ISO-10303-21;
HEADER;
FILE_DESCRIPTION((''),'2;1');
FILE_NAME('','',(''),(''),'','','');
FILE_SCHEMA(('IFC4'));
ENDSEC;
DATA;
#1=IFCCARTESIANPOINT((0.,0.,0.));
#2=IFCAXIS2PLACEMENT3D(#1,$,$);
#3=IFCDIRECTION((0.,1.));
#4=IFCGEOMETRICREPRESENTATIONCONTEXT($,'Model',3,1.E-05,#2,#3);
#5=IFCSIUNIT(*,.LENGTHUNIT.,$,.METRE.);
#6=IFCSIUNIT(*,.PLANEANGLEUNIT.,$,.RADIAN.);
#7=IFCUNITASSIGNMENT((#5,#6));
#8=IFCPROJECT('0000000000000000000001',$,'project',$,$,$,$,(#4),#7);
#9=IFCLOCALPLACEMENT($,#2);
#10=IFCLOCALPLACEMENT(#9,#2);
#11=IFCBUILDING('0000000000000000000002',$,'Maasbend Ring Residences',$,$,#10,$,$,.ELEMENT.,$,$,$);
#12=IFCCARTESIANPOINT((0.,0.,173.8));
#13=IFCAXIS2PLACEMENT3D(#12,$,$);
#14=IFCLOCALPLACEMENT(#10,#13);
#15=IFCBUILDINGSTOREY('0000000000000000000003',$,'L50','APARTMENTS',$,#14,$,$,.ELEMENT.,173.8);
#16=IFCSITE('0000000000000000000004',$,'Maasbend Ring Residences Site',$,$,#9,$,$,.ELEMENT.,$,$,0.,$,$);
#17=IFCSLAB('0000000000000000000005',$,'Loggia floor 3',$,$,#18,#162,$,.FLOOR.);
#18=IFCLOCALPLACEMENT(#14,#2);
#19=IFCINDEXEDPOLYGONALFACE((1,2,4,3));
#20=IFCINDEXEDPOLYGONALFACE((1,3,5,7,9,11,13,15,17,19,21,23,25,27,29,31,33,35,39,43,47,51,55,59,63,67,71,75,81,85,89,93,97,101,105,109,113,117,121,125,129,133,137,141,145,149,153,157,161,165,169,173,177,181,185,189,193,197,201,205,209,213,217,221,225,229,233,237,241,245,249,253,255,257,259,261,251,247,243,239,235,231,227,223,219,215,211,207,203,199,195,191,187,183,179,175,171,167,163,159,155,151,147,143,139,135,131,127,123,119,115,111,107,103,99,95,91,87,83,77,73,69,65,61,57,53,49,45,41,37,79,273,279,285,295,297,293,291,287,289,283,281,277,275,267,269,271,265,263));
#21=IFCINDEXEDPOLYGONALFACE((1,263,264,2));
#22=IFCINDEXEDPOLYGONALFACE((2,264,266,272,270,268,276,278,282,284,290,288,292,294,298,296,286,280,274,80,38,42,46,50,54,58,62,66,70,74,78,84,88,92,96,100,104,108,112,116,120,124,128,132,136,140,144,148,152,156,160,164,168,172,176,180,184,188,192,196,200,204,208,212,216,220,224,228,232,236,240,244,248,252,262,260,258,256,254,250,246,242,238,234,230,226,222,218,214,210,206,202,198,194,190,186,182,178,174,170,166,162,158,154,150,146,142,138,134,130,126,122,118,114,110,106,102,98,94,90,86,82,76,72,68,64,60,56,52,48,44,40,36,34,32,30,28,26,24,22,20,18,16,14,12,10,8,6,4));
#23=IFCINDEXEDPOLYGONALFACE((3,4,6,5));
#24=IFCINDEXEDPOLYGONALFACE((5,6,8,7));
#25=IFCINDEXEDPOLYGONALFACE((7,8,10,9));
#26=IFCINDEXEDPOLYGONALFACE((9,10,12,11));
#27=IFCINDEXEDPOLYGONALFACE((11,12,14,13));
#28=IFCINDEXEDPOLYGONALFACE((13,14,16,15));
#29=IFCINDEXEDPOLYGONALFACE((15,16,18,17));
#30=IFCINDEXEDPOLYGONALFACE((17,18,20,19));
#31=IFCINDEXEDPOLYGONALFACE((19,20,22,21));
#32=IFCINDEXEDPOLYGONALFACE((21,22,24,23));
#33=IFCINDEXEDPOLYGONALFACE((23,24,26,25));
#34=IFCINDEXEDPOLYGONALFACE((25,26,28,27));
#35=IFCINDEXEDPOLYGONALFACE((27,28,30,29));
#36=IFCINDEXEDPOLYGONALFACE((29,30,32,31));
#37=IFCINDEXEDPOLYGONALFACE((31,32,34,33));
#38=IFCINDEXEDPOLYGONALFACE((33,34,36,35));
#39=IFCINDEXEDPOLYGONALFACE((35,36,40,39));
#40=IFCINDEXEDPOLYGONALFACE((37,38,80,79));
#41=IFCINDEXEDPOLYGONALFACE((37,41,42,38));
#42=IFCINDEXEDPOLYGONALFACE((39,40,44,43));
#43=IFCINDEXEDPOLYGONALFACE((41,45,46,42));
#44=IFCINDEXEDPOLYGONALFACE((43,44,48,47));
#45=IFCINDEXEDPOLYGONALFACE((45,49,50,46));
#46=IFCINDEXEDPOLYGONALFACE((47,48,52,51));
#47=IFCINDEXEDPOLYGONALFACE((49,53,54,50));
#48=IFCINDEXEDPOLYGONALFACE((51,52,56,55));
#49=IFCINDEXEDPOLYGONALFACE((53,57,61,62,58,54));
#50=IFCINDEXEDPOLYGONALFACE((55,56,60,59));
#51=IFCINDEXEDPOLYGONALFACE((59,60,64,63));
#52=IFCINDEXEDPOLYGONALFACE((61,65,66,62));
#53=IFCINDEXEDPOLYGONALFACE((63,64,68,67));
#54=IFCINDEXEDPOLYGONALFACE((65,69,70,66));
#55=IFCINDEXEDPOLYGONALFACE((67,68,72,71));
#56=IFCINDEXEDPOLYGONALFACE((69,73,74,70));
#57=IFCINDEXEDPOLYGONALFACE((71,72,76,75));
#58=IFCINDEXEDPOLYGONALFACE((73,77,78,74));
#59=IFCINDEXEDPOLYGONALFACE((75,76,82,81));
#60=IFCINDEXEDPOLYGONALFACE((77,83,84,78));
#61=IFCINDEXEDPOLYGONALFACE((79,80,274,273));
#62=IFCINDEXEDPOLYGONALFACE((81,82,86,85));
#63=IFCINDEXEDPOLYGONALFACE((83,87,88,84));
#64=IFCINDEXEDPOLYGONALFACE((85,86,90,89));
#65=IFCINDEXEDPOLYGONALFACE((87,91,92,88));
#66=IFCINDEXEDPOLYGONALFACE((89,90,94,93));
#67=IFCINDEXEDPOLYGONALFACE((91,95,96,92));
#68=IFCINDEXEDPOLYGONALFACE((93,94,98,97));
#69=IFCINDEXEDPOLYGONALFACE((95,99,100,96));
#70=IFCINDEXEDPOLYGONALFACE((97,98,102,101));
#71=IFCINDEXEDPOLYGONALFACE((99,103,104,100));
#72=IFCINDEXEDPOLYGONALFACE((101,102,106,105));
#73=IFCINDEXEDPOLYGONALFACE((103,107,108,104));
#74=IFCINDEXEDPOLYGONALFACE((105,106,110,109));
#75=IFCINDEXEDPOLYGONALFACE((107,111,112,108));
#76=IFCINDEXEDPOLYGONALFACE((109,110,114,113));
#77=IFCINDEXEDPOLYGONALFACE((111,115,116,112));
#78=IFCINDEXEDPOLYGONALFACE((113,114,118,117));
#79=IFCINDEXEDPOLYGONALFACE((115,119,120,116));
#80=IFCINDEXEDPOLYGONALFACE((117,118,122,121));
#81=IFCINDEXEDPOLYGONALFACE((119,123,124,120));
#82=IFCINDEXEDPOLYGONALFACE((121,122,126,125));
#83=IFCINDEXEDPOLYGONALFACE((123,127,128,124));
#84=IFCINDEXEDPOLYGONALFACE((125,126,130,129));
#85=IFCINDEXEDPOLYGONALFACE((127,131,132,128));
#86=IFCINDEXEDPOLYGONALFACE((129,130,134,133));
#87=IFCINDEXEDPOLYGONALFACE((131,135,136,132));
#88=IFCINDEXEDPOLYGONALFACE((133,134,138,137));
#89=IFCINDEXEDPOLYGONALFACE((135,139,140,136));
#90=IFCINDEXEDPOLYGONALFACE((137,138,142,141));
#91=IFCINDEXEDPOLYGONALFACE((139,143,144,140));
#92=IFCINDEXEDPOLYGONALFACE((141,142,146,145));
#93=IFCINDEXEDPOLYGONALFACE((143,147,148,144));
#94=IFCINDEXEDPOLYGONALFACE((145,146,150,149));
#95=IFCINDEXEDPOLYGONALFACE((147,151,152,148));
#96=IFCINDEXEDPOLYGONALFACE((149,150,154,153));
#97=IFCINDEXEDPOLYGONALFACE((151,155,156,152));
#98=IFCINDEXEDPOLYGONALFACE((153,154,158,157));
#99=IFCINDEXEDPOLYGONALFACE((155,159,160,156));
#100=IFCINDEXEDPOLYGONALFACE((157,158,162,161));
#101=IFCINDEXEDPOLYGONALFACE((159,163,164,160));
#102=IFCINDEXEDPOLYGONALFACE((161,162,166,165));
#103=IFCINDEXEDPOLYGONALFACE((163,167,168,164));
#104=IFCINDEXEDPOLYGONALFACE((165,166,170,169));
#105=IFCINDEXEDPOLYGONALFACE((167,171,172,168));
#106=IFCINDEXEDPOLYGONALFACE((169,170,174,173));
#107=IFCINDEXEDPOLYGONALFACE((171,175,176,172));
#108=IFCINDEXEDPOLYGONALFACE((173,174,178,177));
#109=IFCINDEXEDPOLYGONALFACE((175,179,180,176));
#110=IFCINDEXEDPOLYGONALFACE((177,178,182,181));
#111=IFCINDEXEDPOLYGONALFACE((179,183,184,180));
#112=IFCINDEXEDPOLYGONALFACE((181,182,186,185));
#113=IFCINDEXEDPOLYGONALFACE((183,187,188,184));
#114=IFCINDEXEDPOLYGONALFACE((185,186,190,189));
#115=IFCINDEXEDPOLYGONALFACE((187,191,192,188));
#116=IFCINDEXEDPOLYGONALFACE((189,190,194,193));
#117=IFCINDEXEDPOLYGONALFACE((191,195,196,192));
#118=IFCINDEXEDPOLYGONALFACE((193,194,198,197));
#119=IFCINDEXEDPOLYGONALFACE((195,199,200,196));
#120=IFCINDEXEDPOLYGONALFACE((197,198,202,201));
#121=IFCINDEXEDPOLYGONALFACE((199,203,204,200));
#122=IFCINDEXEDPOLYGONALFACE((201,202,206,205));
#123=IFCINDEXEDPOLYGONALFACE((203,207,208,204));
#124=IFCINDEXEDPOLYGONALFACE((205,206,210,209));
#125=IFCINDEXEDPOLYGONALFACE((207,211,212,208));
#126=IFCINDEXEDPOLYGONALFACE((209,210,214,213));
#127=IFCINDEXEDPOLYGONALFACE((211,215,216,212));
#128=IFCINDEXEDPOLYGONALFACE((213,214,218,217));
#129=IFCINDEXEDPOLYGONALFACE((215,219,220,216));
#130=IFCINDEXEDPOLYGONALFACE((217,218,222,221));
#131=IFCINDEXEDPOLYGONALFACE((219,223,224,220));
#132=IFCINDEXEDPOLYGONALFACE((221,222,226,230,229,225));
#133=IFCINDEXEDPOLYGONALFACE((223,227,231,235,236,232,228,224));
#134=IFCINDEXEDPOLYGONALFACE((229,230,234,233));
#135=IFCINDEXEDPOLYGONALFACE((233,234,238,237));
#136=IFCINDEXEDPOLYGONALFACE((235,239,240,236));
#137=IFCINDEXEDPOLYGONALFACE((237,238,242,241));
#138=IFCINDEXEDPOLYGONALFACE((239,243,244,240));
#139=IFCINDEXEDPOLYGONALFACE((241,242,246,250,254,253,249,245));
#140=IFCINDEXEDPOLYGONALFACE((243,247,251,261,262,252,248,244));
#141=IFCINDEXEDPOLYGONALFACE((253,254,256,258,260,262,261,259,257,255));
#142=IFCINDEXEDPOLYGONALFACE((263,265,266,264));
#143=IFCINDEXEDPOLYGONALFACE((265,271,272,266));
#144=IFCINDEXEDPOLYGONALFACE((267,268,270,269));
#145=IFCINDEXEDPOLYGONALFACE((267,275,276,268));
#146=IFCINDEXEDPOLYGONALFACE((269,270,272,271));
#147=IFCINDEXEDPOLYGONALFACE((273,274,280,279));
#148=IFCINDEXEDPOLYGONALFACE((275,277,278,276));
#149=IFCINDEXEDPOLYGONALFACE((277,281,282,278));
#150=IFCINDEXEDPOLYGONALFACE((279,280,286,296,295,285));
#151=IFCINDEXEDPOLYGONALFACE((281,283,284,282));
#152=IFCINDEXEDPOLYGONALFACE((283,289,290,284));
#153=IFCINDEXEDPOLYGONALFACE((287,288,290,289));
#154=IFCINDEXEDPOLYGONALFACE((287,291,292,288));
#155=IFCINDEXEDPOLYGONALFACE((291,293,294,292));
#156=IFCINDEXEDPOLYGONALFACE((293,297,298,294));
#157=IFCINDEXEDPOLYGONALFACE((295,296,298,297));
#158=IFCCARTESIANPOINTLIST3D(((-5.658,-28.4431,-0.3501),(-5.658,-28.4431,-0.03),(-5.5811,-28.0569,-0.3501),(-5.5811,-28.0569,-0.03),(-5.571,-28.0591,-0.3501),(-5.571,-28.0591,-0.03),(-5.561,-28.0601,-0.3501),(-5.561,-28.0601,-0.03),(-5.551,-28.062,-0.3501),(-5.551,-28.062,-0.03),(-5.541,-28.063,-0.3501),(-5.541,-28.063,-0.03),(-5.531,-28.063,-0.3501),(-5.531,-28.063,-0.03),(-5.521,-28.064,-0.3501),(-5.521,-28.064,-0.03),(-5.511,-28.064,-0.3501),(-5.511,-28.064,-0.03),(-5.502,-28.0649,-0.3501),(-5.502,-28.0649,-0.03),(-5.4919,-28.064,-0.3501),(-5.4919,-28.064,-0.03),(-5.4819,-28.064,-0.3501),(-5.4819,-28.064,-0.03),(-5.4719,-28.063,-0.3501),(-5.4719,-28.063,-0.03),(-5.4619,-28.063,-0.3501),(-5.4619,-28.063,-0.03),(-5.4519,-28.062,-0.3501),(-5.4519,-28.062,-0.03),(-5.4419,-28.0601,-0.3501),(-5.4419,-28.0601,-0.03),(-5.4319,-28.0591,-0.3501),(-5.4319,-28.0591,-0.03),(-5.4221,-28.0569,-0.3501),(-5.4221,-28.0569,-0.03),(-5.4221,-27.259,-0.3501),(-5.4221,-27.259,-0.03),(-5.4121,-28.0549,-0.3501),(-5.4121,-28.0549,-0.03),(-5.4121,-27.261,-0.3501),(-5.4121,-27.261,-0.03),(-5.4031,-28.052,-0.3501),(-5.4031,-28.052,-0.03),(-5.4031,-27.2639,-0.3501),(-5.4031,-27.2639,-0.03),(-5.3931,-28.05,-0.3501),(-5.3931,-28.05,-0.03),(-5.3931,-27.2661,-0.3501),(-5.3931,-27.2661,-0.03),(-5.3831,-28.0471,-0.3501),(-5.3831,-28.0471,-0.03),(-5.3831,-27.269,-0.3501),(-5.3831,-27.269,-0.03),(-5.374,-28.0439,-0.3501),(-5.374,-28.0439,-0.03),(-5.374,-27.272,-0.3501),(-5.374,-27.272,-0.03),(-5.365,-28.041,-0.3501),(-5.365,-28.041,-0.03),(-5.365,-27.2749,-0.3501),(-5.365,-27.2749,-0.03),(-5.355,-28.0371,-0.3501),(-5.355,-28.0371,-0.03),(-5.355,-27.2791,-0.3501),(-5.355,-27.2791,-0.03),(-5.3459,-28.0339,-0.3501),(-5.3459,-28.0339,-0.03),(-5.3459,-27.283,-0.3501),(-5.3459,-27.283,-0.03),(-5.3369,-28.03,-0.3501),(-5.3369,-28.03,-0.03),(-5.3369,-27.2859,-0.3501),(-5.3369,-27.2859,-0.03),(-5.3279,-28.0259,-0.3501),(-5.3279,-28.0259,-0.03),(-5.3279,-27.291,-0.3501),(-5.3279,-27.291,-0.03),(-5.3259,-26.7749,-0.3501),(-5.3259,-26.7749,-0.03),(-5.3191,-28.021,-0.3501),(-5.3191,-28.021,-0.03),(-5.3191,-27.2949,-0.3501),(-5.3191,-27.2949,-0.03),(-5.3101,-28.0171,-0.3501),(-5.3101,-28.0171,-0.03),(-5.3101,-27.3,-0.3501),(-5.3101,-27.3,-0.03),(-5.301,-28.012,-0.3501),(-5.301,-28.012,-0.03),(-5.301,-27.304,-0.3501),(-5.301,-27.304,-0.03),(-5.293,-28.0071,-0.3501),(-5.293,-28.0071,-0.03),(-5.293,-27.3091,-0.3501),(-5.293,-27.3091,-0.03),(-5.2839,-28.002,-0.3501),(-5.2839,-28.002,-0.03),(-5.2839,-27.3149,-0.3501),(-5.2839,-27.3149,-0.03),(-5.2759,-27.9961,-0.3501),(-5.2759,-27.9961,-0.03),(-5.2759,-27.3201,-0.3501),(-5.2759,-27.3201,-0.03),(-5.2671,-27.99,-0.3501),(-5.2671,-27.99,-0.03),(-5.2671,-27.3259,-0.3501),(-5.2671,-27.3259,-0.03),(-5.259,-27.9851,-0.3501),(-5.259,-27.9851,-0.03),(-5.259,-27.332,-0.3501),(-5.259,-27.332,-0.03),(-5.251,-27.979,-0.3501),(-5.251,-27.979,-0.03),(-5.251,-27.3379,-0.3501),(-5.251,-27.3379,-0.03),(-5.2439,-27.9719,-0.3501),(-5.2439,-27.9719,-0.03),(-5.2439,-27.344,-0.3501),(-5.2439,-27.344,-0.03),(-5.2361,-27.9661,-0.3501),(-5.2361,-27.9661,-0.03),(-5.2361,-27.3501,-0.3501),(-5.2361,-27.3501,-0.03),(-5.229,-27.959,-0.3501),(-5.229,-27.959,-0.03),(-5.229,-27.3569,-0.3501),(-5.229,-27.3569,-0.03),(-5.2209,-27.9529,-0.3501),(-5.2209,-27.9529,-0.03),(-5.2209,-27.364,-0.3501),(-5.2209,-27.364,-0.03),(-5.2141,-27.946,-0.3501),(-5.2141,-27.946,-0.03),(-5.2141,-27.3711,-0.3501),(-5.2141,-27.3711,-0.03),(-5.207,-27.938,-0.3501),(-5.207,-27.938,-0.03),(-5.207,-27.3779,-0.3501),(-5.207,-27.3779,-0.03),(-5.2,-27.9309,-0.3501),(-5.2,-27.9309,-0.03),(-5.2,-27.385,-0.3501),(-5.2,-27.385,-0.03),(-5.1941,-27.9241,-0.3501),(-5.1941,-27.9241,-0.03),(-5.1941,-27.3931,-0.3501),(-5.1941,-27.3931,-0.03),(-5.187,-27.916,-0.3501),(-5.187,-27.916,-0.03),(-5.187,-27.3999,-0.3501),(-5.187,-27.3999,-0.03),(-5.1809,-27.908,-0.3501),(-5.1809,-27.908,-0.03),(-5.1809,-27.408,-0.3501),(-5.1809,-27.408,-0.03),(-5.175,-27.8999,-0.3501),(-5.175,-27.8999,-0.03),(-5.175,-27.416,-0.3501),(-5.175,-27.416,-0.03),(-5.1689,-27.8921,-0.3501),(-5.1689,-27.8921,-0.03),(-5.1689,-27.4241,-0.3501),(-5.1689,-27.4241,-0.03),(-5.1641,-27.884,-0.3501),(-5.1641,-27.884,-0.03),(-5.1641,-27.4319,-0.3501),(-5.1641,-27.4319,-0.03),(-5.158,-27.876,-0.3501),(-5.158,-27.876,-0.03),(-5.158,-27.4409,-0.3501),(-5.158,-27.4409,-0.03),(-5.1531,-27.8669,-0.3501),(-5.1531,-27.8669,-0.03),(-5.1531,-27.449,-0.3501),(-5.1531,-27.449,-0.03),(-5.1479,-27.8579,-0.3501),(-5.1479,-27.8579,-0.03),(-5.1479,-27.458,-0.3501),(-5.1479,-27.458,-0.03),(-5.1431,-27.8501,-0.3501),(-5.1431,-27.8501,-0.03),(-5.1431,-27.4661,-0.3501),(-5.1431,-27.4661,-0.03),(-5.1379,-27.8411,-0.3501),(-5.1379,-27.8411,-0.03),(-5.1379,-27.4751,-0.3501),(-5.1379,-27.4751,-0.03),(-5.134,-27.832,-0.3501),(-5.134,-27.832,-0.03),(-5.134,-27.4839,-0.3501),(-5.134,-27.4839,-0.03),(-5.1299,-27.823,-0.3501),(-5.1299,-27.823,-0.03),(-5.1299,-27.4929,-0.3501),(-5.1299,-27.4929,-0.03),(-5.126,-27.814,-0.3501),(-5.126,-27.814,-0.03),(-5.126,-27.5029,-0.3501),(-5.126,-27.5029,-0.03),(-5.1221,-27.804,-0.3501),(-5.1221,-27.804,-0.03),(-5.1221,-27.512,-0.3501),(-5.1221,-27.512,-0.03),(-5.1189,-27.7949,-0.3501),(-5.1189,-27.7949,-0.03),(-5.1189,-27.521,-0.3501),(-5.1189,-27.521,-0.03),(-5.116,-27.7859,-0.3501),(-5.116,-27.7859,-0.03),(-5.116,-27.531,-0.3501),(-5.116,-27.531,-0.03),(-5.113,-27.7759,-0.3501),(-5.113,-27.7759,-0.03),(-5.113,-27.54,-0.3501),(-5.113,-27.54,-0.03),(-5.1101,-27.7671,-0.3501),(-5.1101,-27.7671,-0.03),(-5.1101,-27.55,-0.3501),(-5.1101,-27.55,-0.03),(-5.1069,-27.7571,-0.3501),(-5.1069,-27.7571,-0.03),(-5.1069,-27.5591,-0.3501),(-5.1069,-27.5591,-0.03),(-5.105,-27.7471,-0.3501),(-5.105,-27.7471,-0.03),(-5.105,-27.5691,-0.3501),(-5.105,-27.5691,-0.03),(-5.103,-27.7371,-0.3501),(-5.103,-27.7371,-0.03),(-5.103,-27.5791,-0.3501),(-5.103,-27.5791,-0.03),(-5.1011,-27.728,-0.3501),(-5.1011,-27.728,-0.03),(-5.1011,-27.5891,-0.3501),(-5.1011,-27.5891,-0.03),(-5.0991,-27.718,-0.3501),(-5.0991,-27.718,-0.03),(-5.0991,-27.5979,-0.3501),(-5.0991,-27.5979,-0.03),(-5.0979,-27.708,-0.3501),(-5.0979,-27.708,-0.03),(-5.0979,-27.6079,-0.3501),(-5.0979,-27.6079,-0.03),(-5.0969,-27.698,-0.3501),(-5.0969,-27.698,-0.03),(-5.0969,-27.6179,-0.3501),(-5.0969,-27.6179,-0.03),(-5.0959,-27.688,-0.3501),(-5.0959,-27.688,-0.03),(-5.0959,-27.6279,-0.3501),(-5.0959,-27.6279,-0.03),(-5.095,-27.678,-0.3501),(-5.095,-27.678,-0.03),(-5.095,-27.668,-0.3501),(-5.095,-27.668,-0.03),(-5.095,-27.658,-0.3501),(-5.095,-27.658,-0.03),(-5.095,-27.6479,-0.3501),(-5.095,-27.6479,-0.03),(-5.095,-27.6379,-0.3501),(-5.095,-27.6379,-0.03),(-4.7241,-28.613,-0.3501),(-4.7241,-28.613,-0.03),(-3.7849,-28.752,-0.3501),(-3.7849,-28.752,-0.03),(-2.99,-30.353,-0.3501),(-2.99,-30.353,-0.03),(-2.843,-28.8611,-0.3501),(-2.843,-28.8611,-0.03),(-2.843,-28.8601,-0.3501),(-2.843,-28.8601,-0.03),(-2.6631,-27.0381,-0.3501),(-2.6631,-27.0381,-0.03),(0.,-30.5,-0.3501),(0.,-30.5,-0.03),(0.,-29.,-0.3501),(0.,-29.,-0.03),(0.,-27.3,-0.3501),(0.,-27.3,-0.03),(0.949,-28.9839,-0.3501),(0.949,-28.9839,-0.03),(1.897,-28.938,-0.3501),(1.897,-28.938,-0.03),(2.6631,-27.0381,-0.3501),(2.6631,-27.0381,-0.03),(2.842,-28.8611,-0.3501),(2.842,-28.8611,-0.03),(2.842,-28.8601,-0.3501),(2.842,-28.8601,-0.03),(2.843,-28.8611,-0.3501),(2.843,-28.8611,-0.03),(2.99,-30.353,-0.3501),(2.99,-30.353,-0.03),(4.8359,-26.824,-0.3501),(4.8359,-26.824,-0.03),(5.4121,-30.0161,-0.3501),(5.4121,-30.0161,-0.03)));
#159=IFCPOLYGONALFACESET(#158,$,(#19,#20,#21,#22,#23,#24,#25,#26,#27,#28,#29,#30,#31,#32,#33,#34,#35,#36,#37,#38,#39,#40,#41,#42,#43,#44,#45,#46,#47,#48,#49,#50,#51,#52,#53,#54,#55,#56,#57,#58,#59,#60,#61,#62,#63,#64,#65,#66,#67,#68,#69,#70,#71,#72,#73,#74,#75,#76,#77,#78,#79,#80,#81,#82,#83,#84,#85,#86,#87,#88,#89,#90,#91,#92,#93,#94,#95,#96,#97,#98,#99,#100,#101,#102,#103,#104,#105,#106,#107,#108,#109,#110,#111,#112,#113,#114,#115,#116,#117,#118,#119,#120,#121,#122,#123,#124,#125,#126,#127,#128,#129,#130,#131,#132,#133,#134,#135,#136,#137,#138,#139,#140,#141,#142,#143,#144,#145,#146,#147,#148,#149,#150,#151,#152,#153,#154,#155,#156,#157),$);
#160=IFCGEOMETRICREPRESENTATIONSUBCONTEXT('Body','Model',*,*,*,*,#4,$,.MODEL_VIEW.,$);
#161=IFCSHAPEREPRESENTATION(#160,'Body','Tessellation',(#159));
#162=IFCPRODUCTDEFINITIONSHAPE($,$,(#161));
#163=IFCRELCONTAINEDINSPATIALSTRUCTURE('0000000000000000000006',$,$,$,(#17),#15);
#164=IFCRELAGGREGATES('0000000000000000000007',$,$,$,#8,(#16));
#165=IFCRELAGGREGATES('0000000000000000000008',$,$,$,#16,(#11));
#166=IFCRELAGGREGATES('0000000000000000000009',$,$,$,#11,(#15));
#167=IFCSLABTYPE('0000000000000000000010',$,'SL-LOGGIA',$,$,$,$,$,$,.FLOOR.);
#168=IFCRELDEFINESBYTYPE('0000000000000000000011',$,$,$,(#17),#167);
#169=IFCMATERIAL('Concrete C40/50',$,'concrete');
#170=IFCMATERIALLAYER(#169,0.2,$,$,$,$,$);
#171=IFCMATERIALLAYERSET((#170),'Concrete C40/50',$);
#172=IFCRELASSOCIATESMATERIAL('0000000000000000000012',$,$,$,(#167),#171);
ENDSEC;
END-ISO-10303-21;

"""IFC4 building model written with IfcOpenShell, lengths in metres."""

from ifc_helpers import new_model, si_unit, direction, frame, origin, place, context, subcontext, project, spatial, polyline, outline, extrude, material, layer, layer_set, type_object, element, save


model = new_model("IFC4")

# Units and contexts
model_context = context("Model", 3, precision=1e-05, world=origin(), true_north=direction((0.0, 1.0)))
body_context = subcontext(model_context, "Body", "Model", "MODEL_VIEW")
ifc_project = project(units=[si_unit("LENGTHUNIT", "METRE"), si_unit("PLANEANGLEUNIT", "RADIAN")], contexts=[model_context])

# Site, building, storey
site_placement = place(None, origin())
site = spatial("IfcSite", under=ifc_project, at=site_placement, Name="Maasbend Ring Residences Site", CompositionType="ELEMENT", RefElevation=0.0)
building_placement = place(site_placement, origin())
building = spatial("IfcBuilding", under=site, at=building_placement, Name="Maasbend Ring Residences", CompositionType="ELEMENT")
storey_placement = place(building_placement, frame((0.0, 0.0, 173.8)))
storey = spatial("IfcBuildingStorey", under=building, at=storey_placement, Name="L50", Description="APARTMENTS", CompositionType="ELEMENT", Elevation=173.8)

# Slab
ifc_material_1 = material(Name="Concrete C40/50", Category="concrete")
ifc_layer_1 = layer(ifc_material_1, 0.2)
ifc_layer_set_1 = layer_set([ifc_layer_1], Name="Concrete C40/50")
slab_type_1 = type_object("IfcSlabType", Name="SL-LOGGIA", PredefinedType="FLOOR", material=ifc_layer_set_1)
slab_1_placement = place(storey_placement, frame((0.0, 0.0, -0.3501)))
element("IfcSlab", 1, at=slab_1_placement, inside=storey, type_object=slab_type_1, Name="Loggia floor 3", PredefinedType="FLOOR", context=body_context, shape_type="SweptSolid", body=[
    extrude(outline(polyline([(-2.6631, -27.0381), (0.0, -27.3), (0.0, -27.3), (0.0, -27.3), (2.6631, -27.0381), (4.8359, -26.824), (4.8359, -26.824), (4.8359, -26.824), (5.4121, -30.0161), (5.4121, -30.0161), (5.4121, -30.0161), (2.99, -30.353), (2.99, -30.353), (2.99, -30.353), (2.843, -28.8611), (2.843, -28.8611), (2.843, -28.8611), (2.843, -28.8611), (2.842, -28.8611), (2.842, -28.8611), (2.842, -28.8611), (2.842, -28.8611), (2.842, -28.8611), (2.842, -28.8601), (2.842, -28.8601), (2.842, -28.8601), (2.842, -28.8601), (2.842, -28.8601), (2.842, -28.8601), (2.842, -28.8601), (2.842, -28.8601), (1.897, -28.938), (1.897, -28.938), (0.949, -28.9839), (0.949, -28.9839), (0.0, -29.0), (0.0, -29.0), (0.0, -29.0), (0.0, -29.0), (0.0, -29.0), (0.0, -29.0), (0.0, -29.0), (0.0, -29.0), (0.0, -29.0), (0.0, -29.0), (0.0, -29.0), (0.0, -29.0), (0.0, -29.0), (0.0, -29.0), (0.0, -29.0), (0.0, -29.0), (0.0, -29.0), (0.0, -30.5), (0.0, -30.5), (0.0, -30.5), (-2.99, -30.353), (-2.99, -30.353), (-2.99, -30.353), (-2.843, -28.8611), (-2.843, -28.8611), (-2.843, -28.8611), (-2.843, -28.8611), (-2.843, -28.8611), (-2.843, -28.8611), (-2.843, -28.8611), (-2.843, -28.8611), (-2.843, -28.8601), (-2.843, -28.8601), (-2.843, -28.8601), (-2.843, -28.8601), (-2.843, -28.8601), (-2.843, -28.8601), (-2.843, -28.8601), (-2.843, -28.8601), (-2.843, -28.8601), (-3.7849, -28.752), (-3.7849, -28.752), (-4.7241, -28.613), (-4.7241, -28.613), (-5.658, -28.4431), (-5.658, -28.4431), (-5.658, -28.4431), (-5.5811, -28.0569), (-5.5811, -28.0569), (-5.571, -28.0591), (-5.561, -28.0601), (-5.551, -28.062), (-5.541, -28.063), (-5.531, -28.063), (-5.521, -28.064), (-5.511, -28.064), (-5.502, -28.0649), (-5.4919, -28.064), (-5.4819, -28.064), (-5.4719, -28.063), (-5.4619, -28.063), (-5.4519, -28.062), (-5.4419, -28.0601), (-5.4319, -28.0591), (-5.4221, -28.0569), (-5.4121, -28.0549), (-5.4031, -28.052), (-5.3931, -28.05), (-5.3831, -28.0471), (-5.374, -28.0439), (-5.365, -28.041), (-5.355, -28.0371), (-5.3459, -28.0339), (-5.3369, -28.03), (-5.3279, -28.0259), (-5.3191, -28.021), (-5.3101, -28.0171), (-5.301, -28.012), (-5.293, -28.0071), (-5.2839, -28.002), (-5.2759, -27.9961), (-5.2671, -27.99), (-5.259, -27.9851), (-5.251, -27.979), (-5.2439, -27.9719), (-5.2361, -27.9661), (-5.229, -27.959), (-5.2209, -27.9529), (-5.2141, -27.946), (-5.207, -27.938), (-5.2, -27.9309), (-5.1941, -27.9241), (-5.187, -27.916), (-5.1809, -27.908), (-5.175, -27.8999), (-5.1689, -27.8921), (-5.1641, -27.884), (-5.158, -27.876), (-5.1531, -27.8669), (-5.1479, -27.8579), (-5.1431, -27.8501), (-5.1379, -27.8411), (-5.134, -27.832), (-5.1299, -27.823), (-5.126, -27.814), (-5.1221, -27.804), (-5.1189, -27.7949), (-5.116, -27.7859), (-5.113, -27.7759), (-5.1101, -27.7671), (-5.1069, -27.7571), (-5.105, -27.7471), (-5.103, -27.7371), (-5.1011, -27.728), (-5.0991, -27.718), (-5.0979, -27.708), (-5.0969, -27.698), (-5.0959, -27.688), (-5.095, -27.678), (-5.095, -27.668), (-5.095, -27.658), (-5.095, -27.6479), (-5.095, -27.6379), (-5.0959, -27.6279), (-5.0969, -27.6179), (-5.0979, -27.6079), (-5.0991, -27.5979), (-5.1011, -27.5891), (-5.103, -27.5791), (-5.105, -27.5691), (-5.1069, -27.5591), (-5.1101, -27.55), (-5.113, -27.54), (-5.116, -27.531), (-5.1189, -27.521), (-5.1221, -27.512), (-5.126, -27.5029), (-5.1299, -27.4929), (-5.134, -27.4839), (-5.1379, -27.4751), (-5.1431, -27.4661), (-5.1479, -27.458), (-5.1531, -27.449), (-5.158, -27.4409), (-5.1641, -27.4319), (-5.1689, -27.4241), (-5.175, -27.416), (-5.1809, -27.408), (-5.187, -27.3999), (-5.1941, -27.3931), (-5.2, -27.385), (-5.207, -27.3779), (-5.2141, -27.3711), (-5.2209, -27.364), (-5.229, -27.3569), (-5.2361, -27.3501), (-5.2439, -27.344), (-5.251, -27.3379), (-5.259, -27.332), (-5.2671, -27.3259), (-5.2759, -27.3201), (-5.2839, -27.3149), (-5.293, -27.3091), (-5.301, -27.304), (-5.3101, -27.3), (-5.3191, -27.2949), (-5.3279, -27.291), (-5.3369, -27.2859), (-5.3459, -27.283), (-5.355, -27.2791), (-5.365, -27.2749), (-5.374, -27.272), (-5.3831, -27.269), (-5.3931, -27.2661), (-5.4031, -27.2639), (-5.4121, -27.261), (-5.4221, -27.259), (-5.4221, -27.259), (-5.3259, -26.7749), (-5.3259, -26.7749), (-5.3259, -26.7749), (-2.6631, -27.0381)])), origin(), (0.0, 0.0, 1.0), 0.3201),
])

save(model, "model.ifc")
